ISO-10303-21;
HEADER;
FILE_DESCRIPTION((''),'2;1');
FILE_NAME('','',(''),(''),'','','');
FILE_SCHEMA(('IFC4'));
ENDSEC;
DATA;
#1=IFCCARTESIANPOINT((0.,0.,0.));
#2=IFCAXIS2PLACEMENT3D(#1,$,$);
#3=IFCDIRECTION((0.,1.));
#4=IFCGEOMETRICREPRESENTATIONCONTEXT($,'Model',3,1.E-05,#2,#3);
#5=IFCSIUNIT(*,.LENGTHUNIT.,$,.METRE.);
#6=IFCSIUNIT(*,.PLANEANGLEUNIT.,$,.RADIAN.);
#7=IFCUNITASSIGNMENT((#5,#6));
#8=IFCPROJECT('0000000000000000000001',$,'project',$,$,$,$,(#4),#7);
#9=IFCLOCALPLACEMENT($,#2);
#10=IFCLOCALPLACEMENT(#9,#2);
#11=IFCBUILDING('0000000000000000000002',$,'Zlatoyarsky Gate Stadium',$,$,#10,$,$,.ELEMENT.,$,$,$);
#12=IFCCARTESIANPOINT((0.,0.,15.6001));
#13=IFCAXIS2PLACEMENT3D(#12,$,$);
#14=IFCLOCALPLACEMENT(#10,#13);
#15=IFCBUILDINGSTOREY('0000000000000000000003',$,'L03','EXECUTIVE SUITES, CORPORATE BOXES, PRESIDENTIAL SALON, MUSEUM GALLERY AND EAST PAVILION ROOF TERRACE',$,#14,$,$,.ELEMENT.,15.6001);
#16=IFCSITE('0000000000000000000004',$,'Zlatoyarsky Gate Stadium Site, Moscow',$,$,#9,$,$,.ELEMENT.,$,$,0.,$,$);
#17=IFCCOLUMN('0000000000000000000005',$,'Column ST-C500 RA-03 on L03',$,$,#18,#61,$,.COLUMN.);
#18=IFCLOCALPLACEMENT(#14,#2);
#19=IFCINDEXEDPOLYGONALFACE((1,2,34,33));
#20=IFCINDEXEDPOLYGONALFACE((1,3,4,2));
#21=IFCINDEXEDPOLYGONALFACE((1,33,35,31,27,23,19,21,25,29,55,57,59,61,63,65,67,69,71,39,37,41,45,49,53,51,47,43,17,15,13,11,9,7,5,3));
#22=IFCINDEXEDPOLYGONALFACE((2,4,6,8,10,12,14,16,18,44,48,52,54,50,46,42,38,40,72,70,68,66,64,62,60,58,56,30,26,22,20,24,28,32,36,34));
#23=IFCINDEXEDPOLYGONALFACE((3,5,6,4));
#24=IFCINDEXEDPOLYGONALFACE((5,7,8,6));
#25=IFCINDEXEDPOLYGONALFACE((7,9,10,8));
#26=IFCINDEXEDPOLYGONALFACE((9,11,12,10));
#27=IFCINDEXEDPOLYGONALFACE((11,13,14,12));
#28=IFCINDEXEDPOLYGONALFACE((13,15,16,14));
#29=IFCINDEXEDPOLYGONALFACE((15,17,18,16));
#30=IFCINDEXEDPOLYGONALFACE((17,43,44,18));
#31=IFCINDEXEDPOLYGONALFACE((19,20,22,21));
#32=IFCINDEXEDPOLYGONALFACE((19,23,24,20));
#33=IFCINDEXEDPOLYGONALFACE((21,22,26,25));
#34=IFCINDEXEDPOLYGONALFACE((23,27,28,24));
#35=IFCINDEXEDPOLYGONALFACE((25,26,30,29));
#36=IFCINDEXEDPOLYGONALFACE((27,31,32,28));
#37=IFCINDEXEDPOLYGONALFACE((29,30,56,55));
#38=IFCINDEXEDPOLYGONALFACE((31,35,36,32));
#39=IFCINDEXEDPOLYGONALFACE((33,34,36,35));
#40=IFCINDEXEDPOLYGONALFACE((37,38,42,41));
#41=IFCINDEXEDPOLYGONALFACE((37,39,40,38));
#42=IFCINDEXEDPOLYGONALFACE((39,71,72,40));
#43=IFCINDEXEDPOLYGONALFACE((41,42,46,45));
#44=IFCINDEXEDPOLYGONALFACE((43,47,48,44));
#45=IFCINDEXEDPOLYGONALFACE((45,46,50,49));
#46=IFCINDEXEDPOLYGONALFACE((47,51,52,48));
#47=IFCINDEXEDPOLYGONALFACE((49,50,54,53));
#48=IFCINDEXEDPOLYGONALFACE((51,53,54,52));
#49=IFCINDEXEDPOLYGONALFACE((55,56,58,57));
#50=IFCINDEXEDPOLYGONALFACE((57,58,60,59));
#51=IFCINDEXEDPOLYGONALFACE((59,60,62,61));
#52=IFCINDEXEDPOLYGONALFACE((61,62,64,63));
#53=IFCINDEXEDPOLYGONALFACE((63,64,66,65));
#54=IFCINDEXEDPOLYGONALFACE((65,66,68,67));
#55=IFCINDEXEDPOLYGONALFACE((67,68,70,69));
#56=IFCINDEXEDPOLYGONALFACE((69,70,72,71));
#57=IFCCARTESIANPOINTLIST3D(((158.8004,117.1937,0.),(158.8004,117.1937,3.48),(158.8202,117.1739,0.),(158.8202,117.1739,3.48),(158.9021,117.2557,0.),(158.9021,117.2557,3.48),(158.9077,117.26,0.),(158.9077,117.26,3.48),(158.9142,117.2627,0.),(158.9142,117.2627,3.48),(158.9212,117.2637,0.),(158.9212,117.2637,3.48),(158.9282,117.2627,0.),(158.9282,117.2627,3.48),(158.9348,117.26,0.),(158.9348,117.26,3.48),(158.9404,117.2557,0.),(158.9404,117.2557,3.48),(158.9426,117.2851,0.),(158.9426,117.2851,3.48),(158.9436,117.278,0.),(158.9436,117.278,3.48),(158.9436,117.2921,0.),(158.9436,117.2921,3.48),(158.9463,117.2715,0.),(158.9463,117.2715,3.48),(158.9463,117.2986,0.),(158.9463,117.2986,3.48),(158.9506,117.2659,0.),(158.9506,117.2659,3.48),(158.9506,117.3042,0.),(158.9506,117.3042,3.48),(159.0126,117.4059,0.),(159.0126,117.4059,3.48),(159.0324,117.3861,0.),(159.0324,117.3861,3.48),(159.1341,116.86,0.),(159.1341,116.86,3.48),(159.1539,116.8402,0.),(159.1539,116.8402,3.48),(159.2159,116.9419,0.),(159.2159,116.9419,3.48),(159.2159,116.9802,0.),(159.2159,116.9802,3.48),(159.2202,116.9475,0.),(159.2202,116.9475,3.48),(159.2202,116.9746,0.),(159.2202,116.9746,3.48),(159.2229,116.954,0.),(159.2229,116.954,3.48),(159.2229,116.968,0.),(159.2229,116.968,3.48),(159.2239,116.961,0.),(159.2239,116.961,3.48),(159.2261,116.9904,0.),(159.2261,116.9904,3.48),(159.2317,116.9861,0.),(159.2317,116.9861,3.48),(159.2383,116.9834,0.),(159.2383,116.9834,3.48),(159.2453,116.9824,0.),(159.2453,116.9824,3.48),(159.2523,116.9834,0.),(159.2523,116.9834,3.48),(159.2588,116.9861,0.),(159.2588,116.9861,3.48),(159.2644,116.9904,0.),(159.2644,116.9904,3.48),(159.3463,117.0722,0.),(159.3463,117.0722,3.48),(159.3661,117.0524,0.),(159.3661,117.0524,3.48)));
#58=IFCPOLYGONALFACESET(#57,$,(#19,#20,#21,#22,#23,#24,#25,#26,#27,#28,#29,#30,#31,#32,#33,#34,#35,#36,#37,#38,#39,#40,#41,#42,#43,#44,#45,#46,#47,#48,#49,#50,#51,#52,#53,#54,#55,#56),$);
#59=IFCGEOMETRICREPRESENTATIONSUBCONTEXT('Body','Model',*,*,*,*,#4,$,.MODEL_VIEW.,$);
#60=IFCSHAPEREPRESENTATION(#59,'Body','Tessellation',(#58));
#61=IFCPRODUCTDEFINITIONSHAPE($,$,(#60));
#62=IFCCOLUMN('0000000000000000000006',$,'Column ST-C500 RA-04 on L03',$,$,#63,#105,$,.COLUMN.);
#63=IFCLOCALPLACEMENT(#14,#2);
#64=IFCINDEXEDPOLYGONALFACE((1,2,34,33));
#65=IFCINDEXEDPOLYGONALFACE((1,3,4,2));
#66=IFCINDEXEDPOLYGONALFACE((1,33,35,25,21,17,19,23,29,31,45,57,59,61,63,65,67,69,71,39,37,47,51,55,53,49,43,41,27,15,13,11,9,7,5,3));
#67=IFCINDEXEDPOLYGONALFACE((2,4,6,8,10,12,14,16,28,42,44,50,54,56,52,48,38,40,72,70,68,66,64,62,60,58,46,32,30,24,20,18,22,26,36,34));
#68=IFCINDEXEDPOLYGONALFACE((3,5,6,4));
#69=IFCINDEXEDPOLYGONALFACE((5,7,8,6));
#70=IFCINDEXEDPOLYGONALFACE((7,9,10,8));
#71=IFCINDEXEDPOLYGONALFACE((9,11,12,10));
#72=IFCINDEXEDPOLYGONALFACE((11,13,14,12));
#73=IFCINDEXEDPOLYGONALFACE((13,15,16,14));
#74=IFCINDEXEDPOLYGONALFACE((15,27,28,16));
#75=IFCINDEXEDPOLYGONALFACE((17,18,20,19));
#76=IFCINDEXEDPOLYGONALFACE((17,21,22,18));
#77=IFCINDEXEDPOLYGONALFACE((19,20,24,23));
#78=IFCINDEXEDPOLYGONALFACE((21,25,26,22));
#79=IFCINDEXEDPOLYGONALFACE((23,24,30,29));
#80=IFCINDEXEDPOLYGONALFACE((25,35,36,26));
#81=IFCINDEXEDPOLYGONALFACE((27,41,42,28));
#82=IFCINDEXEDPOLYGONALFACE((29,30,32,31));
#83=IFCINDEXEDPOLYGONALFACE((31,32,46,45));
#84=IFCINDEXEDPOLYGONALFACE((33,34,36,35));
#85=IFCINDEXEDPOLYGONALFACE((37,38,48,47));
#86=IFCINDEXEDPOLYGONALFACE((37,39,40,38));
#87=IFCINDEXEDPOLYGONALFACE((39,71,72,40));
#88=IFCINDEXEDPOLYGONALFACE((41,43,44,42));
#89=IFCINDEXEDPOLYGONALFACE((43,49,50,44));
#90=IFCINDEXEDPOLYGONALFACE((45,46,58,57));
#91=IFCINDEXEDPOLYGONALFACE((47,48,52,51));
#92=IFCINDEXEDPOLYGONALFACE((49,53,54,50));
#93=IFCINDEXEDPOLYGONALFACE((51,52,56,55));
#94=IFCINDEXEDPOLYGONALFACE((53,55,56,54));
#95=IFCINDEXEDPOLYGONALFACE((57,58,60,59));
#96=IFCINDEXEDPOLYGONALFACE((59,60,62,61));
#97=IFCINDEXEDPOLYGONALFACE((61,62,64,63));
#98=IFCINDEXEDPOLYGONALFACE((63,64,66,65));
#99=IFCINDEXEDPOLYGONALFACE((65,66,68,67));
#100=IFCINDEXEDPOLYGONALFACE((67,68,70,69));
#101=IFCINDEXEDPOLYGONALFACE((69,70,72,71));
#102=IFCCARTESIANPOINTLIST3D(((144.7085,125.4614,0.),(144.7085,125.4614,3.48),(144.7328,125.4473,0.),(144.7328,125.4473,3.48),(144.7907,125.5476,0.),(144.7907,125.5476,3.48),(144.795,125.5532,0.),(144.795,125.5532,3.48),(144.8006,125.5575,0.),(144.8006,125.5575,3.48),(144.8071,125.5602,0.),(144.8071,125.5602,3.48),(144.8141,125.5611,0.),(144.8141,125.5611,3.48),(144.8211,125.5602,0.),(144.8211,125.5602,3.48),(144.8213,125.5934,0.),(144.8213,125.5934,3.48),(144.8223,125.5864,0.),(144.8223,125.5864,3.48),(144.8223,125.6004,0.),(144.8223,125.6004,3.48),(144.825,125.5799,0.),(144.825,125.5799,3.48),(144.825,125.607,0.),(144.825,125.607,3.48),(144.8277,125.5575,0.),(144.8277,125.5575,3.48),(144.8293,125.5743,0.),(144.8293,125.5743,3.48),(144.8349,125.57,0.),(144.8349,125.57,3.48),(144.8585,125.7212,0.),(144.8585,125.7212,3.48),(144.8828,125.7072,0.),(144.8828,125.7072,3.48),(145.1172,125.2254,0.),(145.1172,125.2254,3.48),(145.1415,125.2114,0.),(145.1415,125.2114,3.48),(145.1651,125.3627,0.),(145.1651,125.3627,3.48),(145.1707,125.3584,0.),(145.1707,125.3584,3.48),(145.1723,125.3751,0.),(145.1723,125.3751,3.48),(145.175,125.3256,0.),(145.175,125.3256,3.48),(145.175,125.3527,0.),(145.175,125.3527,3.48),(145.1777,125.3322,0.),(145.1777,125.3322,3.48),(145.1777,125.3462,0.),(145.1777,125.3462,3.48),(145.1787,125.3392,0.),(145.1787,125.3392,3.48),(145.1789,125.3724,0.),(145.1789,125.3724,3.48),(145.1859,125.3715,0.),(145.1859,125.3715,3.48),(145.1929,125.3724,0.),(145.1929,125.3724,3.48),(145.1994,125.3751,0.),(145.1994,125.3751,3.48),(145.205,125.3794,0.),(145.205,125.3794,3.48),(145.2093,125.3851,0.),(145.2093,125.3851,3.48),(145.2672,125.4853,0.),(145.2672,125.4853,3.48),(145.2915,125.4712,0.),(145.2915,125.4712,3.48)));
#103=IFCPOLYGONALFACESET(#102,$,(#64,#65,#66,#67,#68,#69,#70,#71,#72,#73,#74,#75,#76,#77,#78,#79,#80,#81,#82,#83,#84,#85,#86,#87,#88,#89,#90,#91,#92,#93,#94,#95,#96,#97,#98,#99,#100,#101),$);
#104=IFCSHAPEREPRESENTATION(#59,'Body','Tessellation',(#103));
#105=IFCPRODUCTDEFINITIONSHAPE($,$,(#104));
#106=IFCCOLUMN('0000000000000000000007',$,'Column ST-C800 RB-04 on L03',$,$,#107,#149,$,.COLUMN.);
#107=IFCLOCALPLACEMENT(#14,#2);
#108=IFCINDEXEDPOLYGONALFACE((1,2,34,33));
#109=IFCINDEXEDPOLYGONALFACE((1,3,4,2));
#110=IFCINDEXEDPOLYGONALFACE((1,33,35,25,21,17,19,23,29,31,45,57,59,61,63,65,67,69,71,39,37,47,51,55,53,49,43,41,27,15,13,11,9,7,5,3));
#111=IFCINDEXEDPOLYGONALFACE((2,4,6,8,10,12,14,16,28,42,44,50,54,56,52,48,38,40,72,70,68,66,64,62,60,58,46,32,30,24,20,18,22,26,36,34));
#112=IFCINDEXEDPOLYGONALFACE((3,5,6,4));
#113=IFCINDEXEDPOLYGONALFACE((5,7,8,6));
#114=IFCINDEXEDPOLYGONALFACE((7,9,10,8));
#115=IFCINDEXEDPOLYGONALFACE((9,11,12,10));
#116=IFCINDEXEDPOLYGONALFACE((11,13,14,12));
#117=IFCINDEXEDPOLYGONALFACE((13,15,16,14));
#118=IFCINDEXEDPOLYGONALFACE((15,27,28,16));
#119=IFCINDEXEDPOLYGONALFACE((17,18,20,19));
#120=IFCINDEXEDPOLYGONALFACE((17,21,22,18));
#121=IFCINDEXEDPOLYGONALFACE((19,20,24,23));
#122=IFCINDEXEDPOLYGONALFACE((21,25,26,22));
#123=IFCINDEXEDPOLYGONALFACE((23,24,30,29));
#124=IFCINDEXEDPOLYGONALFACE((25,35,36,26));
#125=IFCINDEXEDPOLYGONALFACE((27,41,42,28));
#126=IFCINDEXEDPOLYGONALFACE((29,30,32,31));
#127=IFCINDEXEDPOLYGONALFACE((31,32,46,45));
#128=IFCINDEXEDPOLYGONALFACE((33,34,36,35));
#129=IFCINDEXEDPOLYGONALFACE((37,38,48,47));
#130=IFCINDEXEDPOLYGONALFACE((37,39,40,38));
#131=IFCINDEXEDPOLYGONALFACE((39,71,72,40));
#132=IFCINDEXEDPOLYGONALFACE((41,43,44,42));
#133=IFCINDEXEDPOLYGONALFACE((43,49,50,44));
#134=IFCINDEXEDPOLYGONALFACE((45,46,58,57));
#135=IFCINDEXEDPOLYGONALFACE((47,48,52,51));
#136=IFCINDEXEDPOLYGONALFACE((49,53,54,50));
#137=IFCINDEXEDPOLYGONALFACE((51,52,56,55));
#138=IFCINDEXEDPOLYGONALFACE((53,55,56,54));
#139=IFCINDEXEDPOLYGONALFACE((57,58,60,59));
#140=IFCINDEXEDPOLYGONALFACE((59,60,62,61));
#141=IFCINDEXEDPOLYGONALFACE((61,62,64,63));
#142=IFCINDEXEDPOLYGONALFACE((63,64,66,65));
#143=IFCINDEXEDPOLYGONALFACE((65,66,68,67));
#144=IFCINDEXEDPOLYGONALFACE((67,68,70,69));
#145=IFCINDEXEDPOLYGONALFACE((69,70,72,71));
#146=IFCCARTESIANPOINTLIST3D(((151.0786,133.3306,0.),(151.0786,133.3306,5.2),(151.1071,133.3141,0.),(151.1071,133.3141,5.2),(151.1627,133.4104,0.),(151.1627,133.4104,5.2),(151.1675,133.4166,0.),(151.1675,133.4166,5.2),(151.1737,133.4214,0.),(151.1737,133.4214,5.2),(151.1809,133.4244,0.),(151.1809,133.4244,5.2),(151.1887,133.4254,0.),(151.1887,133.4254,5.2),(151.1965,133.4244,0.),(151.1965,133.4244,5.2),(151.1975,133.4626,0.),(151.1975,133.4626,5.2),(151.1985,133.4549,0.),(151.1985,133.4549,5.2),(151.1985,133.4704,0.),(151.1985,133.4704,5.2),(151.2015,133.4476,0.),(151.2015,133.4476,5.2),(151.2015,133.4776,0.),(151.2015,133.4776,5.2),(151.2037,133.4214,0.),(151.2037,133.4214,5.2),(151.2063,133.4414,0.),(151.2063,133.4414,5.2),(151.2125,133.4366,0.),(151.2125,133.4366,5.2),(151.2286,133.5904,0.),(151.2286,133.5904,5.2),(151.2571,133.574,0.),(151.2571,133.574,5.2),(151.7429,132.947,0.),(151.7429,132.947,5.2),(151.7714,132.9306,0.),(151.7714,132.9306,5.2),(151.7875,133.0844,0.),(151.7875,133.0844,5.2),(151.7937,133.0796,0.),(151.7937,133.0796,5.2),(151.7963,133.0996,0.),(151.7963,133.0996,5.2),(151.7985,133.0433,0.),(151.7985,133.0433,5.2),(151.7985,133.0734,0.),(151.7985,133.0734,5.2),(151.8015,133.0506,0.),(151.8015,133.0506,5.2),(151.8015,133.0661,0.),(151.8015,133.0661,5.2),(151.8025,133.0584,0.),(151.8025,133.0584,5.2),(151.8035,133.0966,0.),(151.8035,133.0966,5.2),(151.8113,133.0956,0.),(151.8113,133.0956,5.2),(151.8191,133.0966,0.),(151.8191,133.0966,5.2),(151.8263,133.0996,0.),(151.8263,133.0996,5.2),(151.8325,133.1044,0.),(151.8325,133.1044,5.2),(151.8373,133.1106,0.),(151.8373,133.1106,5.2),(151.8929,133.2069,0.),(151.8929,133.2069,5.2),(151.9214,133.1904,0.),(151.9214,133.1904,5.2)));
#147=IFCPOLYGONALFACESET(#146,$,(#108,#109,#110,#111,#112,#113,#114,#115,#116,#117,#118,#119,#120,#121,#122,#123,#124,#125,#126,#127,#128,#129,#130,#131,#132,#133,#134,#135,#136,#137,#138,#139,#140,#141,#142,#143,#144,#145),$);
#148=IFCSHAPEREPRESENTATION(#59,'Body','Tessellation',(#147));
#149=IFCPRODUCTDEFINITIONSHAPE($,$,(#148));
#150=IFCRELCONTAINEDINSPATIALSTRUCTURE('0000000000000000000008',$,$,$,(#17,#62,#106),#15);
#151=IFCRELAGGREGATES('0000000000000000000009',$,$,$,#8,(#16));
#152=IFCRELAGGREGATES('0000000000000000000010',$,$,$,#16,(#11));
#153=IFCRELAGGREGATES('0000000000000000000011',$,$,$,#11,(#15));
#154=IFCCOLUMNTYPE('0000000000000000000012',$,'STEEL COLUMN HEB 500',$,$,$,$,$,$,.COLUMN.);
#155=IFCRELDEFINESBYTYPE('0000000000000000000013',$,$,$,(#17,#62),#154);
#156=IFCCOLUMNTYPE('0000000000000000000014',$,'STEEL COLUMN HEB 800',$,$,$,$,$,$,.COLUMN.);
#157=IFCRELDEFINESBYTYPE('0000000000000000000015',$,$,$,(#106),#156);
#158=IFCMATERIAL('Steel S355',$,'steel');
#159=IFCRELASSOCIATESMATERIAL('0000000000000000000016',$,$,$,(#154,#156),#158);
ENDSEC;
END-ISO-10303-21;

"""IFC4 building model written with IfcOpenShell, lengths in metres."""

from ifc_helpers import new_model, si_unit, direction, frame, origin, origin_2d, place, context, subcontext, project, spatial, i_section, extrude, material, material_profile, profile_set, type_object, element, save


model = new_model("IFC4")

# Units and contexts
model_context = context("Model", 3, precision=1e-05, world=origin(), true_north=direction((0.0, 1.0)))
body_context = subcontext(model_context, "Body", "Model", "MODEL_VIEW")
ifc_project = project(units=[si_unit("LENGTHUNIT", "METRE"), si_unit("PLANEANGLEUNIT", "RADIAN")], contexts=[model_context])

# Site, building, storey
site_placement = place(None, origin())
site = spatial("IfcSite", under=ifc_project, at=site_placement, Name="Zlatoyarsky Gate Stadium Site, Moscow", CompositionType="ELEMENT", RefElevation=0.0)
building_placement = place(site_placement, origin())
building = spatial("IfcBuilding", under=site, at=building_placement, Name="Zlatoyarsky Gate Stadium", CompositionType="ELEMENT")
storey_placement = place(building_placement, frame((0.0, 0.0, 15.6001)))
storey = spatial("IfcBuildingStorey", under=building, at=storey_placement, Name="L03", Description="EXECUTIVE SUITES, CORPORATE BOXES, PRESIDENTIAL SALON, MUSEUM GALLERY AND EAST PAVILION ROOF TERRACE", CompositionType="ELEMENT", Elevation=15.6001)

# Columns
ifc_material_1 = material(Name="Steel S355", Category="steel")
ifc_material_profile_1 = material_profile(ifc_material_1, i_section(OverallWidth=0.3, OverallDepth=0.5, WebThickness=0.0144, FlangeThickness=0.0281, FilletRadius=0.0271, at=origin_2d()), Name="HEB 500")
ifc_profile_set_1 = profile_set([ifc_material_profile_1], Name="Steel S355")
column_type_1 = type_object("IfcColumnType", Name="STEEL COLUMN HEB 500", PredefinedType="COLUMN", material=ifc_profile_set_1)
for number, where, z_axis, x_axis, name in (
    (1, (159.0833, 117.123, 0.0), (0.0, 0.0, 1.0), (0.707107, 0.707107, 0.0), "Column ST-C500 RA-03 on L03"),
    (2, (145.0, 125.4663, 0.0), (0.0, 0.0, 1.0), (0.5, 0.866025, 0.0), "Column ST-C500 RA-04 on L03"),
):
    element("IfcColumn", number, at=place(storey_placement, frame(where, z_axis=z_axis, x_axis=x_axis)), inside=storey, type_object=column_type_1, Name=name, PredefinedType="COLUMN", context=body_context, shape_type="SweptSolid", body=[
        extrude(i_section(OverallWidth=0.3, OverallDepth=0.5, WebThickness=0.0144, FlangeThickness=0.0281, FilletRadius=0.0271, at=origin_2d()), origin(), (0.0, 0.0, 1.0), 3.48),
    ])
ifc_material_profile_2 = material_profile(ifc_material_1, i_section(OverallWidth=0.3, OverallDepth=0.8, WebThickness=0.0176, FlangeThickness=0.033, FilletRadius=0.03, at=origin_2d()), Name="HEB 800")
ifc_profile_set_2 = profile_set([ifc_material_profile_2], Name="Steel S355")
column_type_2 = type_object("IfcColumnType", Name="STEEL COLUMN HEB 800", PredefinedType="COLUMN", material=ifc_profile_set_2)
column_placement = place(storey_placement, frame((151.5, 133.2605, 0.0), z_axis=(0.0, 0.0, 1.0), x_axis=(0.5, 0.866025, 0.0)))
element("IfcColumn", 3, at=column_placement, inside=storey, type_object=column_type_2, Name="Column ST-C800 RB-04 on L03", PredefinedType="COLUMN", context=body_context, shape_type="SweptSolid", body=[
    extrude(i_section(OverallWidth=0.3, OverallDepth=0.8, WebThickness=0.0176, FlangeThickness=0.033, FilletRadius=0.03, at=origin_2d()), origin(), (0.0, 0.0, 1.0), 5.2),
])

save(model, "model.ifc")
